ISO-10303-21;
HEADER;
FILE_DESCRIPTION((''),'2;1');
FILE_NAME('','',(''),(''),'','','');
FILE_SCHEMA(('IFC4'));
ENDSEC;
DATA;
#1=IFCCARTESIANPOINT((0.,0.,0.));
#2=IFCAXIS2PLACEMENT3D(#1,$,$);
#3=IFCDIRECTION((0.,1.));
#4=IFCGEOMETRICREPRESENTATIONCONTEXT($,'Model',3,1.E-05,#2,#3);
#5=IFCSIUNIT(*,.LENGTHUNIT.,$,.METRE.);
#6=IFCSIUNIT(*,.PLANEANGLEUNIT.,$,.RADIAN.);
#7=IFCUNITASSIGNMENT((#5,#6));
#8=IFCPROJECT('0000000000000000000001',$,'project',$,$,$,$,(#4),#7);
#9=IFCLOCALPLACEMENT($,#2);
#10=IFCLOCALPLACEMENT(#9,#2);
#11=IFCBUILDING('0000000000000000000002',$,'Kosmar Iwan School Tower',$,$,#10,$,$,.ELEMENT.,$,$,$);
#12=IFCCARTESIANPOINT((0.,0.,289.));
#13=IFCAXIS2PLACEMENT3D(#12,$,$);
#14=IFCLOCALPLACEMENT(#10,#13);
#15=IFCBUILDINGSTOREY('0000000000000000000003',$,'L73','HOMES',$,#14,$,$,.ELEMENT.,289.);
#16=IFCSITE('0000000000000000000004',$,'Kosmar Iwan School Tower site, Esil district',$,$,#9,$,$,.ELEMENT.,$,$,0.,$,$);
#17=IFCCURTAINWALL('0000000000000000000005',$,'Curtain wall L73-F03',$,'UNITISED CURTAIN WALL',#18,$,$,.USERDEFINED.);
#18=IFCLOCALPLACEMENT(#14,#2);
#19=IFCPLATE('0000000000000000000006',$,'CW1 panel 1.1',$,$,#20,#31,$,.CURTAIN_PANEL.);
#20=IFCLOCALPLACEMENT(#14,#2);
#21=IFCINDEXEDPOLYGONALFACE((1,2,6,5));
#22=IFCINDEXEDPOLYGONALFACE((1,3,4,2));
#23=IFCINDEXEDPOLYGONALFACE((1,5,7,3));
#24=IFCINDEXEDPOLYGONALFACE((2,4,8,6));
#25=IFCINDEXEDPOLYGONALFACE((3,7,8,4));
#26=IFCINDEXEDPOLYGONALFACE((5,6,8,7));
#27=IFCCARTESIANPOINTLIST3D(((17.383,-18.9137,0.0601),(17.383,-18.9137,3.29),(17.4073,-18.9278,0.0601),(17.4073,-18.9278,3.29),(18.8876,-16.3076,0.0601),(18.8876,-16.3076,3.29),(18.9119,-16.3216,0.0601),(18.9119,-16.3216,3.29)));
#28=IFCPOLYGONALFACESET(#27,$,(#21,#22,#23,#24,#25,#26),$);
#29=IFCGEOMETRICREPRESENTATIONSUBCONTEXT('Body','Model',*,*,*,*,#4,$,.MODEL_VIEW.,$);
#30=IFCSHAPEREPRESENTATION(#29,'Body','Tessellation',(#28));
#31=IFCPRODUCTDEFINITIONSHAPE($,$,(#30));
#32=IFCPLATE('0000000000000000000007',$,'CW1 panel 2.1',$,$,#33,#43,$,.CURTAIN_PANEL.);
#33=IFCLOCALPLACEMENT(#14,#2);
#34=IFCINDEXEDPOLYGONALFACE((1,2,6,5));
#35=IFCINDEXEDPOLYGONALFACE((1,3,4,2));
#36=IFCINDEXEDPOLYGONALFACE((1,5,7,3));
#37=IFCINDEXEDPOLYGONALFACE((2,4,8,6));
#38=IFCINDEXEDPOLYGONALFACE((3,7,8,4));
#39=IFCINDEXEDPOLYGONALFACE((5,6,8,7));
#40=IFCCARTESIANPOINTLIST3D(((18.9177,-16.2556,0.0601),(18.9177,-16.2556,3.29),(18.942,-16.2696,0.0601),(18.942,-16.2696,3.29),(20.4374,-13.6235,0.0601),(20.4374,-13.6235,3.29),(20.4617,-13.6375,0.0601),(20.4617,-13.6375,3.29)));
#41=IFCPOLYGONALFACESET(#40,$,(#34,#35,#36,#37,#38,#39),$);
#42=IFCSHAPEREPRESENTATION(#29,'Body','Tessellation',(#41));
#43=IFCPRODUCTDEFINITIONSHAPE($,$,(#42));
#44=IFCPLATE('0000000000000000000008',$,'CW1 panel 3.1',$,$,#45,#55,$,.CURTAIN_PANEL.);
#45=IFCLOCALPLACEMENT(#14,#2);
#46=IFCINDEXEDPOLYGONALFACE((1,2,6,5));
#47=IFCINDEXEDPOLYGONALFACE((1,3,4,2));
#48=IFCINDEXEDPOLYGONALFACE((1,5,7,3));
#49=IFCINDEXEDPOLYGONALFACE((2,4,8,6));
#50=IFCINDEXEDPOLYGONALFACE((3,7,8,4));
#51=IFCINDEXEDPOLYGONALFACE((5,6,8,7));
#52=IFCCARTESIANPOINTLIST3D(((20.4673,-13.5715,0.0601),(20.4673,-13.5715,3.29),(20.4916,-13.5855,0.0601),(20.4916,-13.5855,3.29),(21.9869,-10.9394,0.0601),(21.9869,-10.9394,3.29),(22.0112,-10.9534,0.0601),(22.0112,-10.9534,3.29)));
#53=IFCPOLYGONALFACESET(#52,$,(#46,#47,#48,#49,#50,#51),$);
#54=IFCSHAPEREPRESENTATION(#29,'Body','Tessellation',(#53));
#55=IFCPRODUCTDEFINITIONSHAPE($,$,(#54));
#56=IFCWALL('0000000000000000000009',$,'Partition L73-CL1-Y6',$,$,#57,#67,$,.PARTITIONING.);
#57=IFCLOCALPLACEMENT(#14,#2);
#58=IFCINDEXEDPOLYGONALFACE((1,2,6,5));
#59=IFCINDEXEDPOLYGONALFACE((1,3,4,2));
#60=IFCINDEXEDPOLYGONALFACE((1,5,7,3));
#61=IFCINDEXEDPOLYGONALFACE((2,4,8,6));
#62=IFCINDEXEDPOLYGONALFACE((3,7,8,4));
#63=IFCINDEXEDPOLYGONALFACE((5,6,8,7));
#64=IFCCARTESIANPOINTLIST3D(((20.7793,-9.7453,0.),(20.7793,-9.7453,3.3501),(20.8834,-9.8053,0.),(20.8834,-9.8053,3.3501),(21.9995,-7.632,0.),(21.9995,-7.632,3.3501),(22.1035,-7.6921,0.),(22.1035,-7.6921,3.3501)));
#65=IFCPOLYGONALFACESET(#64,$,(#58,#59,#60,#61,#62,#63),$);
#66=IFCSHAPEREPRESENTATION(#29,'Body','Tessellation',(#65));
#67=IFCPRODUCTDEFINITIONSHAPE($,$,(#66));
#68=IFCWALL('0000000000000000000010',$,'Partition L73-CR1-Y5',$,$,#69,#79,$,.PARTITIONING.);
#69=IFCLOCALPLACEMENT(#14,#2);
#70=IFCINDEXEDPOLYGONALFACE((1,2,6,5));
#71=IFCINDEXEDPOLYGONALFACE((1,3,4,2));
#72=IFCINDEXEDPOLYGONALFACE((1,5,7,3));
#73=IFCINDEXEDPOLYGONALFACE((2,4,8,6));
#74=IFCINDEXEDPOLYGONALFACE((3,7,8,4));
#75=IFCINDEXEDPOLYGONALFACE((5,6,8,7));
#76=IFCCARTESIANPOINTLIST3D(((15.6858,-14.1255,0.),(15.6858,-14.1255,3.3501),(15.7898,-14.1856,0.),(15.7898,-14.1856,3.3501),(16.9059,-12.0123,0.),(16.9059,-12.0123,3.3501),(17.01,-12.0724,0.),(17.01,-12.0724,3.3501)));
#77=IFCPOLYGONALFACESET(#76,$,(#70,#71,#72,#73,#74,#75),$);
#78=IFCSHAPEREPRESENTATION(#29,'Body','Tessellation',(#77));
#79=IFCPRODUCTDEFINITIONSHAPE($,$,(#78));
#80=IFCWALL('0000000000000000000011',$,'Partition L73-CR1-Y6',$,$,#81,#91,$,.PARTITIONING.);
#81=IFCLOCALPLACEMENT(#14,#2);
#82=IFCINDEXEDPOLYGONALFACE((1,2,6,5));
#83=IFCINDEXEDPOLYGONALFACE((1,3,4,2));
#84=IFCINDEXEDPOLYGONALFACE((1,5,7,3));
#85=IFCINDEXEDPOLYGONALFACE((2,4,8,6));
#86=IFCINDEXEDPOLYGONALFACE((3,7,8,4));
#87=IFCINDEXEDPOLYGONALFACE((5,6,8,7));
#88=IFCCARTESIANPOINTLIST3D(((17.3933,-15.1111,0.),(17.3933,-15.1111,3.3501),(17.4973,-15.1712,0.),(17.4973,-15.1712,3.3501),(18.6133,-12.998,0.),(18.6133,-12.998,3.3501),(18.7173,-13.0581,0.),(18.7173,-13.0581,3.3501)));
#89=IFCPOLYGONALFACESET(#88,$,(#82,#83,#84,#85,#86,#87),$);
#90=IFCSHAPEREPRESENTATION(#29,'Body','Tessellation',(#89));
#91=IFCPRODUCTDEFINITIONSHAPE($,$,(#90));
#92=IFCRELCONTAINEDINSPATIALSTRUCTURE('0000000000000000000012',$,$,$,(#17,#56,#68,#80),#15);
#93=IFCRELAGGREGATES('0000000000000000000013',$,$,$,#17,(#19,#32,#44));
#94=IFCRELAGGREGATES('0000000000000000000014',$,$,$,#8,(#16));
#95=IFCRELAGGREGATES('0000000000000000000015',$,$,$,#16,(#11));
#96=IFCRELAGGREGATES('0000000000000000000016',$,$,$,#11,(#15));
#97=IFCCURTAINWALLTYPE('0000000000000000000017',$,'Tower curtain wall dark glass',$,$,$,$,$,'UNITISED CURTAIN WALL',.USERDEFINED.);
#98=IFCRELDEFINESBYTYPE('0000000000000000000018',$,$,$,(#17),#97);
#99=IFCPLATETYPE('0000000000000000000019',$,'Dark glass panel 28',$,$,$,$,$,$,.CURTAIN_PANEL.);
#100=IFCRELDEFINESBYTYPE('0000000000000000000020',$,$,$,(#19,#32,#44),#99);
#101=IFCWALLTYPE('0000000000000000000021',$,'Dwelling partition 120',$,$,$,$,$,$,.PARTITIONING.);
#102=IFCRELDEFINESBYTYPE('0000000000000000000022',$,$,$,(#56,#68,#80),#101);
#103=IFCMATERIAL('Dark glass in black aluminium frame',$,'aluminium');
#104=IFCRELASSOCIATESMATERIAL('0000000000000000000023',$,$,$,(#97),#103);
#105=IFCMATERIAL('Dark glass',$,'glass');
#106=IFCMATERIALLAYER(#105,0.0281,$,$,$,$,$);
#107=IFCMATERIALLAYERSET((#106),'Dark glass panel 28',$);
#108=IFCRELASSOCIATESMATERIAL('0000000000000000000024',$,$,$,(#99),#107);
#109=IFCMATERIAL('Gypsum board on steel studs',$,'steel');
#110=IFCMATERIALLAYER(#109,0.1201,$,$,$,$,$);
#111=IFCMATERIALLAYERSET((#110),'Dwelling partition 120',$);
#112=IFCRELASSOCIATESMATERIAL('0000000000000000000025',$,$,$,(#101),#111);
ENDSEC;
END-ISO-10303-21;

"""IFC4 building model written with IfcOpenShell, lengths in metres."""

from ifc_helpers import new_model, si_unit, direction, frame, frame_2d, origin, origin_2d, place, context, subcontext, project, spatial, rectangle, extrude, material, layer, layer_set, type_object, element, aggregate, save


model = new_model("IFC4")

# Units and contexts
model_context = context("Model", 3, precision=1e-05, world=origin(), true_north=direction((0.0, 1.0)))
body_context = subcontext(model_context, "Body", "Model", "MODEL_VIEW")
ifc_project = project(units=[si_unit("LENGTHUNIT", "METRE"), si_unit("PLANEANGLEUNIT", "RADIAN")], contexts=[model_context])

# Site, building, storey
site_placement = place(None, origin())
site = spatial("IfcSite", under=ifc_project, at=site_placement, Name="Kosmar Iwan School Tower site, Esil district", CompositionType="ELEMENT", RefElevation=0.0)
building_placement = place(site_placement, origin())
building = spatial("IfcBuilding", under=site, at=building_placement, Name="Kosmar Iwan School Tower", CompositionType="ELEMENT")
storey_placement = place(building_placement, frame((0.0, 0.0, 289.0)))
storey = spatial("IfcBuildingStorey", under=building, at=storey_placement, Name="L73", Description="HOMES", CompositionType="ELEMENT", Elevation=289.0)

# Curtain wall, plates
ifc_material_1 = material(Name="Dark glass in black aluminium frame", Category="aluminium")
curtain_wall_type_1 = type_object("IfcCurtainWallType", Name="Tower curtain wall dark glass", ElementType="UNITISED CURTAIN WALL", PredefinedType="USERDEFINED", material=ifc_material_1)
curtain_wall_1_placement = place(storey_placement, origin())
curtain_wall_1 = element("IfcCurtainWall", 1, at=curtain_wall_1_placement, inside=storey, type_object=curtain_wall_type_1, Name="Curtain wall L73-F03", ObjectType="UNITISED CURTAIN WALL", PredefinedType="USERDEFINED")
ifc_material_2 = material(Name="Dark glass", Category="glass")
ifc_layer_1 = layer(ifc_material_2, 0.0281)
ifc_layer_set_1 = layer_set([ifc_layer_1], Name="Dark glass panel 28")
plate_type = type_object("IfcPlateType", Name="Dark glass panel 28", PredefinedType="CURTAIN_PANEL", material=ifc_layer_set_1)
plate_1_placement = place(storey_placement, frame((18.1475, -17.6177, 0.0601), z_axis=(0.0, 0.0, 1.0), x_axis=(0.5, 0.866025, 0.0)))
plate_1 = element("IfcPlate", 2, at=plate_1_placement, type_object=plate_type, Name="CW1 panel 1.1", PredefinedType="CURTAIN_PANEL", context=body_context, shape_type="SweptSolid", body=[
    extrude(rectangle(XDim=3.0093, YDim=0.0281, at=origin_2d()), origin(), (0.0, 0.0, 1.0), 3.23),
])
plate_2_placement = place(storey_placement, frame((19.6897, -14.9465, 0.0601), z_axis=(0.0, 0.0, 1.0), x_axis=(0.5, 0.866025, 0.0)))
plate_2 = element("IfcPlate", 3, at=plate_2_placement, type_object=plate_type, Name="CW1 panel 2.1", PredefinedType="CURTAIN_PANEL", context=body_context, shape_type="SweptSolid", body=[
    extrude(rectangle(XDim=3.0393, YDim=0.0281, at=origin_2d()), origin(), (0.0, 0.0, 1.0), 3.23),
])
plate_3_placement = place(storey_placement, frame((21.2393, -12.2625, 0.0601), z_axis=(0.0, 0.0, 1.0), x_axis=(0.5, 0.866025, 0.0)))
plate_3 = element("IfcPlate", 4, at=plate_3_placement, type_object=plate_type, Name="CW1 panel 3.1", PredefinedType="CURTAIN_PANEL", context=body_context, shape_type="SweptSolid", body=[
    extrude(rectangle(XDim=3.0393, YDim=0.0281, at=origin_2d()), origin(), (0.0, 0.0, 1.0), 3.23),
])
aggregate(curtain_wall_1, [plate_1, plate_2, plate_3])

# Walls
ifc_material_3 = material(Name="Gypsum board on steel studs", Category="steel")
ifc_layer_2 = layer(ifc_material_3, 0.1201)
ifc_layer_set_2 = layer_set([ifc_layer_2], Name="Dwelling partition 120")
wall_type = type_object("IfcWallType", Name="Dwelling partition 120", PredefinedType="PARTITIONING", material=ifc_layer_set_2)
for number, where, z_axis, x_axis, name in (
    (5, (20.8313, -9.7754, 0.0), (0.0, 0.0, 1.0), (0.500034, 0.866006, 0.0), "Partition L73-CL1-Y6"),
    (6, (16.958, -12.0422, 0.0), (0.0, 0.0, 1.0), (-0.500034, -0.866006, 0.0), "Partition L73-CR1-Y5"),
):
    element("IfcWall", number, at=place(storey_placement, frame(where, z_axis=z_axis, x_axis=x_axis)), inside=storey, type_object=wall_type, Name=name, PredefinedType="PARTITIONING", context=body_context, shape_type="SweptSolid", body=[
        extrude(rectangle(XDim=2.4402, YDim=0.1201, at=frame_2d((1.2202, 0.0))), origin(), (0.0, 0.0, 1.0), 3.3501),
    ])
wall_placement = place(storey_placement, frame((18.6653, -13.0281, 0.0), z_axis=(0.0, 0.0, 1.0), x_axis=(-0.500003, -0.866024, 0.0)))
element("IfcWall", 7, at=wall_placement, inside=storey, type_object=wall_type, Name="Partition L73-CR1-Y6", PredefinedType="PARTITIONING", context=body_context, shape_type="SweptSolid", body=[
    extrude(rectangle(XDim=2.4399, YDim=0.1201, at=frame_2d((1.22, 0.0))), origin(), (0.0, 0.0, 1.0), 3.3501),
])

save(model, "model.ifc")
